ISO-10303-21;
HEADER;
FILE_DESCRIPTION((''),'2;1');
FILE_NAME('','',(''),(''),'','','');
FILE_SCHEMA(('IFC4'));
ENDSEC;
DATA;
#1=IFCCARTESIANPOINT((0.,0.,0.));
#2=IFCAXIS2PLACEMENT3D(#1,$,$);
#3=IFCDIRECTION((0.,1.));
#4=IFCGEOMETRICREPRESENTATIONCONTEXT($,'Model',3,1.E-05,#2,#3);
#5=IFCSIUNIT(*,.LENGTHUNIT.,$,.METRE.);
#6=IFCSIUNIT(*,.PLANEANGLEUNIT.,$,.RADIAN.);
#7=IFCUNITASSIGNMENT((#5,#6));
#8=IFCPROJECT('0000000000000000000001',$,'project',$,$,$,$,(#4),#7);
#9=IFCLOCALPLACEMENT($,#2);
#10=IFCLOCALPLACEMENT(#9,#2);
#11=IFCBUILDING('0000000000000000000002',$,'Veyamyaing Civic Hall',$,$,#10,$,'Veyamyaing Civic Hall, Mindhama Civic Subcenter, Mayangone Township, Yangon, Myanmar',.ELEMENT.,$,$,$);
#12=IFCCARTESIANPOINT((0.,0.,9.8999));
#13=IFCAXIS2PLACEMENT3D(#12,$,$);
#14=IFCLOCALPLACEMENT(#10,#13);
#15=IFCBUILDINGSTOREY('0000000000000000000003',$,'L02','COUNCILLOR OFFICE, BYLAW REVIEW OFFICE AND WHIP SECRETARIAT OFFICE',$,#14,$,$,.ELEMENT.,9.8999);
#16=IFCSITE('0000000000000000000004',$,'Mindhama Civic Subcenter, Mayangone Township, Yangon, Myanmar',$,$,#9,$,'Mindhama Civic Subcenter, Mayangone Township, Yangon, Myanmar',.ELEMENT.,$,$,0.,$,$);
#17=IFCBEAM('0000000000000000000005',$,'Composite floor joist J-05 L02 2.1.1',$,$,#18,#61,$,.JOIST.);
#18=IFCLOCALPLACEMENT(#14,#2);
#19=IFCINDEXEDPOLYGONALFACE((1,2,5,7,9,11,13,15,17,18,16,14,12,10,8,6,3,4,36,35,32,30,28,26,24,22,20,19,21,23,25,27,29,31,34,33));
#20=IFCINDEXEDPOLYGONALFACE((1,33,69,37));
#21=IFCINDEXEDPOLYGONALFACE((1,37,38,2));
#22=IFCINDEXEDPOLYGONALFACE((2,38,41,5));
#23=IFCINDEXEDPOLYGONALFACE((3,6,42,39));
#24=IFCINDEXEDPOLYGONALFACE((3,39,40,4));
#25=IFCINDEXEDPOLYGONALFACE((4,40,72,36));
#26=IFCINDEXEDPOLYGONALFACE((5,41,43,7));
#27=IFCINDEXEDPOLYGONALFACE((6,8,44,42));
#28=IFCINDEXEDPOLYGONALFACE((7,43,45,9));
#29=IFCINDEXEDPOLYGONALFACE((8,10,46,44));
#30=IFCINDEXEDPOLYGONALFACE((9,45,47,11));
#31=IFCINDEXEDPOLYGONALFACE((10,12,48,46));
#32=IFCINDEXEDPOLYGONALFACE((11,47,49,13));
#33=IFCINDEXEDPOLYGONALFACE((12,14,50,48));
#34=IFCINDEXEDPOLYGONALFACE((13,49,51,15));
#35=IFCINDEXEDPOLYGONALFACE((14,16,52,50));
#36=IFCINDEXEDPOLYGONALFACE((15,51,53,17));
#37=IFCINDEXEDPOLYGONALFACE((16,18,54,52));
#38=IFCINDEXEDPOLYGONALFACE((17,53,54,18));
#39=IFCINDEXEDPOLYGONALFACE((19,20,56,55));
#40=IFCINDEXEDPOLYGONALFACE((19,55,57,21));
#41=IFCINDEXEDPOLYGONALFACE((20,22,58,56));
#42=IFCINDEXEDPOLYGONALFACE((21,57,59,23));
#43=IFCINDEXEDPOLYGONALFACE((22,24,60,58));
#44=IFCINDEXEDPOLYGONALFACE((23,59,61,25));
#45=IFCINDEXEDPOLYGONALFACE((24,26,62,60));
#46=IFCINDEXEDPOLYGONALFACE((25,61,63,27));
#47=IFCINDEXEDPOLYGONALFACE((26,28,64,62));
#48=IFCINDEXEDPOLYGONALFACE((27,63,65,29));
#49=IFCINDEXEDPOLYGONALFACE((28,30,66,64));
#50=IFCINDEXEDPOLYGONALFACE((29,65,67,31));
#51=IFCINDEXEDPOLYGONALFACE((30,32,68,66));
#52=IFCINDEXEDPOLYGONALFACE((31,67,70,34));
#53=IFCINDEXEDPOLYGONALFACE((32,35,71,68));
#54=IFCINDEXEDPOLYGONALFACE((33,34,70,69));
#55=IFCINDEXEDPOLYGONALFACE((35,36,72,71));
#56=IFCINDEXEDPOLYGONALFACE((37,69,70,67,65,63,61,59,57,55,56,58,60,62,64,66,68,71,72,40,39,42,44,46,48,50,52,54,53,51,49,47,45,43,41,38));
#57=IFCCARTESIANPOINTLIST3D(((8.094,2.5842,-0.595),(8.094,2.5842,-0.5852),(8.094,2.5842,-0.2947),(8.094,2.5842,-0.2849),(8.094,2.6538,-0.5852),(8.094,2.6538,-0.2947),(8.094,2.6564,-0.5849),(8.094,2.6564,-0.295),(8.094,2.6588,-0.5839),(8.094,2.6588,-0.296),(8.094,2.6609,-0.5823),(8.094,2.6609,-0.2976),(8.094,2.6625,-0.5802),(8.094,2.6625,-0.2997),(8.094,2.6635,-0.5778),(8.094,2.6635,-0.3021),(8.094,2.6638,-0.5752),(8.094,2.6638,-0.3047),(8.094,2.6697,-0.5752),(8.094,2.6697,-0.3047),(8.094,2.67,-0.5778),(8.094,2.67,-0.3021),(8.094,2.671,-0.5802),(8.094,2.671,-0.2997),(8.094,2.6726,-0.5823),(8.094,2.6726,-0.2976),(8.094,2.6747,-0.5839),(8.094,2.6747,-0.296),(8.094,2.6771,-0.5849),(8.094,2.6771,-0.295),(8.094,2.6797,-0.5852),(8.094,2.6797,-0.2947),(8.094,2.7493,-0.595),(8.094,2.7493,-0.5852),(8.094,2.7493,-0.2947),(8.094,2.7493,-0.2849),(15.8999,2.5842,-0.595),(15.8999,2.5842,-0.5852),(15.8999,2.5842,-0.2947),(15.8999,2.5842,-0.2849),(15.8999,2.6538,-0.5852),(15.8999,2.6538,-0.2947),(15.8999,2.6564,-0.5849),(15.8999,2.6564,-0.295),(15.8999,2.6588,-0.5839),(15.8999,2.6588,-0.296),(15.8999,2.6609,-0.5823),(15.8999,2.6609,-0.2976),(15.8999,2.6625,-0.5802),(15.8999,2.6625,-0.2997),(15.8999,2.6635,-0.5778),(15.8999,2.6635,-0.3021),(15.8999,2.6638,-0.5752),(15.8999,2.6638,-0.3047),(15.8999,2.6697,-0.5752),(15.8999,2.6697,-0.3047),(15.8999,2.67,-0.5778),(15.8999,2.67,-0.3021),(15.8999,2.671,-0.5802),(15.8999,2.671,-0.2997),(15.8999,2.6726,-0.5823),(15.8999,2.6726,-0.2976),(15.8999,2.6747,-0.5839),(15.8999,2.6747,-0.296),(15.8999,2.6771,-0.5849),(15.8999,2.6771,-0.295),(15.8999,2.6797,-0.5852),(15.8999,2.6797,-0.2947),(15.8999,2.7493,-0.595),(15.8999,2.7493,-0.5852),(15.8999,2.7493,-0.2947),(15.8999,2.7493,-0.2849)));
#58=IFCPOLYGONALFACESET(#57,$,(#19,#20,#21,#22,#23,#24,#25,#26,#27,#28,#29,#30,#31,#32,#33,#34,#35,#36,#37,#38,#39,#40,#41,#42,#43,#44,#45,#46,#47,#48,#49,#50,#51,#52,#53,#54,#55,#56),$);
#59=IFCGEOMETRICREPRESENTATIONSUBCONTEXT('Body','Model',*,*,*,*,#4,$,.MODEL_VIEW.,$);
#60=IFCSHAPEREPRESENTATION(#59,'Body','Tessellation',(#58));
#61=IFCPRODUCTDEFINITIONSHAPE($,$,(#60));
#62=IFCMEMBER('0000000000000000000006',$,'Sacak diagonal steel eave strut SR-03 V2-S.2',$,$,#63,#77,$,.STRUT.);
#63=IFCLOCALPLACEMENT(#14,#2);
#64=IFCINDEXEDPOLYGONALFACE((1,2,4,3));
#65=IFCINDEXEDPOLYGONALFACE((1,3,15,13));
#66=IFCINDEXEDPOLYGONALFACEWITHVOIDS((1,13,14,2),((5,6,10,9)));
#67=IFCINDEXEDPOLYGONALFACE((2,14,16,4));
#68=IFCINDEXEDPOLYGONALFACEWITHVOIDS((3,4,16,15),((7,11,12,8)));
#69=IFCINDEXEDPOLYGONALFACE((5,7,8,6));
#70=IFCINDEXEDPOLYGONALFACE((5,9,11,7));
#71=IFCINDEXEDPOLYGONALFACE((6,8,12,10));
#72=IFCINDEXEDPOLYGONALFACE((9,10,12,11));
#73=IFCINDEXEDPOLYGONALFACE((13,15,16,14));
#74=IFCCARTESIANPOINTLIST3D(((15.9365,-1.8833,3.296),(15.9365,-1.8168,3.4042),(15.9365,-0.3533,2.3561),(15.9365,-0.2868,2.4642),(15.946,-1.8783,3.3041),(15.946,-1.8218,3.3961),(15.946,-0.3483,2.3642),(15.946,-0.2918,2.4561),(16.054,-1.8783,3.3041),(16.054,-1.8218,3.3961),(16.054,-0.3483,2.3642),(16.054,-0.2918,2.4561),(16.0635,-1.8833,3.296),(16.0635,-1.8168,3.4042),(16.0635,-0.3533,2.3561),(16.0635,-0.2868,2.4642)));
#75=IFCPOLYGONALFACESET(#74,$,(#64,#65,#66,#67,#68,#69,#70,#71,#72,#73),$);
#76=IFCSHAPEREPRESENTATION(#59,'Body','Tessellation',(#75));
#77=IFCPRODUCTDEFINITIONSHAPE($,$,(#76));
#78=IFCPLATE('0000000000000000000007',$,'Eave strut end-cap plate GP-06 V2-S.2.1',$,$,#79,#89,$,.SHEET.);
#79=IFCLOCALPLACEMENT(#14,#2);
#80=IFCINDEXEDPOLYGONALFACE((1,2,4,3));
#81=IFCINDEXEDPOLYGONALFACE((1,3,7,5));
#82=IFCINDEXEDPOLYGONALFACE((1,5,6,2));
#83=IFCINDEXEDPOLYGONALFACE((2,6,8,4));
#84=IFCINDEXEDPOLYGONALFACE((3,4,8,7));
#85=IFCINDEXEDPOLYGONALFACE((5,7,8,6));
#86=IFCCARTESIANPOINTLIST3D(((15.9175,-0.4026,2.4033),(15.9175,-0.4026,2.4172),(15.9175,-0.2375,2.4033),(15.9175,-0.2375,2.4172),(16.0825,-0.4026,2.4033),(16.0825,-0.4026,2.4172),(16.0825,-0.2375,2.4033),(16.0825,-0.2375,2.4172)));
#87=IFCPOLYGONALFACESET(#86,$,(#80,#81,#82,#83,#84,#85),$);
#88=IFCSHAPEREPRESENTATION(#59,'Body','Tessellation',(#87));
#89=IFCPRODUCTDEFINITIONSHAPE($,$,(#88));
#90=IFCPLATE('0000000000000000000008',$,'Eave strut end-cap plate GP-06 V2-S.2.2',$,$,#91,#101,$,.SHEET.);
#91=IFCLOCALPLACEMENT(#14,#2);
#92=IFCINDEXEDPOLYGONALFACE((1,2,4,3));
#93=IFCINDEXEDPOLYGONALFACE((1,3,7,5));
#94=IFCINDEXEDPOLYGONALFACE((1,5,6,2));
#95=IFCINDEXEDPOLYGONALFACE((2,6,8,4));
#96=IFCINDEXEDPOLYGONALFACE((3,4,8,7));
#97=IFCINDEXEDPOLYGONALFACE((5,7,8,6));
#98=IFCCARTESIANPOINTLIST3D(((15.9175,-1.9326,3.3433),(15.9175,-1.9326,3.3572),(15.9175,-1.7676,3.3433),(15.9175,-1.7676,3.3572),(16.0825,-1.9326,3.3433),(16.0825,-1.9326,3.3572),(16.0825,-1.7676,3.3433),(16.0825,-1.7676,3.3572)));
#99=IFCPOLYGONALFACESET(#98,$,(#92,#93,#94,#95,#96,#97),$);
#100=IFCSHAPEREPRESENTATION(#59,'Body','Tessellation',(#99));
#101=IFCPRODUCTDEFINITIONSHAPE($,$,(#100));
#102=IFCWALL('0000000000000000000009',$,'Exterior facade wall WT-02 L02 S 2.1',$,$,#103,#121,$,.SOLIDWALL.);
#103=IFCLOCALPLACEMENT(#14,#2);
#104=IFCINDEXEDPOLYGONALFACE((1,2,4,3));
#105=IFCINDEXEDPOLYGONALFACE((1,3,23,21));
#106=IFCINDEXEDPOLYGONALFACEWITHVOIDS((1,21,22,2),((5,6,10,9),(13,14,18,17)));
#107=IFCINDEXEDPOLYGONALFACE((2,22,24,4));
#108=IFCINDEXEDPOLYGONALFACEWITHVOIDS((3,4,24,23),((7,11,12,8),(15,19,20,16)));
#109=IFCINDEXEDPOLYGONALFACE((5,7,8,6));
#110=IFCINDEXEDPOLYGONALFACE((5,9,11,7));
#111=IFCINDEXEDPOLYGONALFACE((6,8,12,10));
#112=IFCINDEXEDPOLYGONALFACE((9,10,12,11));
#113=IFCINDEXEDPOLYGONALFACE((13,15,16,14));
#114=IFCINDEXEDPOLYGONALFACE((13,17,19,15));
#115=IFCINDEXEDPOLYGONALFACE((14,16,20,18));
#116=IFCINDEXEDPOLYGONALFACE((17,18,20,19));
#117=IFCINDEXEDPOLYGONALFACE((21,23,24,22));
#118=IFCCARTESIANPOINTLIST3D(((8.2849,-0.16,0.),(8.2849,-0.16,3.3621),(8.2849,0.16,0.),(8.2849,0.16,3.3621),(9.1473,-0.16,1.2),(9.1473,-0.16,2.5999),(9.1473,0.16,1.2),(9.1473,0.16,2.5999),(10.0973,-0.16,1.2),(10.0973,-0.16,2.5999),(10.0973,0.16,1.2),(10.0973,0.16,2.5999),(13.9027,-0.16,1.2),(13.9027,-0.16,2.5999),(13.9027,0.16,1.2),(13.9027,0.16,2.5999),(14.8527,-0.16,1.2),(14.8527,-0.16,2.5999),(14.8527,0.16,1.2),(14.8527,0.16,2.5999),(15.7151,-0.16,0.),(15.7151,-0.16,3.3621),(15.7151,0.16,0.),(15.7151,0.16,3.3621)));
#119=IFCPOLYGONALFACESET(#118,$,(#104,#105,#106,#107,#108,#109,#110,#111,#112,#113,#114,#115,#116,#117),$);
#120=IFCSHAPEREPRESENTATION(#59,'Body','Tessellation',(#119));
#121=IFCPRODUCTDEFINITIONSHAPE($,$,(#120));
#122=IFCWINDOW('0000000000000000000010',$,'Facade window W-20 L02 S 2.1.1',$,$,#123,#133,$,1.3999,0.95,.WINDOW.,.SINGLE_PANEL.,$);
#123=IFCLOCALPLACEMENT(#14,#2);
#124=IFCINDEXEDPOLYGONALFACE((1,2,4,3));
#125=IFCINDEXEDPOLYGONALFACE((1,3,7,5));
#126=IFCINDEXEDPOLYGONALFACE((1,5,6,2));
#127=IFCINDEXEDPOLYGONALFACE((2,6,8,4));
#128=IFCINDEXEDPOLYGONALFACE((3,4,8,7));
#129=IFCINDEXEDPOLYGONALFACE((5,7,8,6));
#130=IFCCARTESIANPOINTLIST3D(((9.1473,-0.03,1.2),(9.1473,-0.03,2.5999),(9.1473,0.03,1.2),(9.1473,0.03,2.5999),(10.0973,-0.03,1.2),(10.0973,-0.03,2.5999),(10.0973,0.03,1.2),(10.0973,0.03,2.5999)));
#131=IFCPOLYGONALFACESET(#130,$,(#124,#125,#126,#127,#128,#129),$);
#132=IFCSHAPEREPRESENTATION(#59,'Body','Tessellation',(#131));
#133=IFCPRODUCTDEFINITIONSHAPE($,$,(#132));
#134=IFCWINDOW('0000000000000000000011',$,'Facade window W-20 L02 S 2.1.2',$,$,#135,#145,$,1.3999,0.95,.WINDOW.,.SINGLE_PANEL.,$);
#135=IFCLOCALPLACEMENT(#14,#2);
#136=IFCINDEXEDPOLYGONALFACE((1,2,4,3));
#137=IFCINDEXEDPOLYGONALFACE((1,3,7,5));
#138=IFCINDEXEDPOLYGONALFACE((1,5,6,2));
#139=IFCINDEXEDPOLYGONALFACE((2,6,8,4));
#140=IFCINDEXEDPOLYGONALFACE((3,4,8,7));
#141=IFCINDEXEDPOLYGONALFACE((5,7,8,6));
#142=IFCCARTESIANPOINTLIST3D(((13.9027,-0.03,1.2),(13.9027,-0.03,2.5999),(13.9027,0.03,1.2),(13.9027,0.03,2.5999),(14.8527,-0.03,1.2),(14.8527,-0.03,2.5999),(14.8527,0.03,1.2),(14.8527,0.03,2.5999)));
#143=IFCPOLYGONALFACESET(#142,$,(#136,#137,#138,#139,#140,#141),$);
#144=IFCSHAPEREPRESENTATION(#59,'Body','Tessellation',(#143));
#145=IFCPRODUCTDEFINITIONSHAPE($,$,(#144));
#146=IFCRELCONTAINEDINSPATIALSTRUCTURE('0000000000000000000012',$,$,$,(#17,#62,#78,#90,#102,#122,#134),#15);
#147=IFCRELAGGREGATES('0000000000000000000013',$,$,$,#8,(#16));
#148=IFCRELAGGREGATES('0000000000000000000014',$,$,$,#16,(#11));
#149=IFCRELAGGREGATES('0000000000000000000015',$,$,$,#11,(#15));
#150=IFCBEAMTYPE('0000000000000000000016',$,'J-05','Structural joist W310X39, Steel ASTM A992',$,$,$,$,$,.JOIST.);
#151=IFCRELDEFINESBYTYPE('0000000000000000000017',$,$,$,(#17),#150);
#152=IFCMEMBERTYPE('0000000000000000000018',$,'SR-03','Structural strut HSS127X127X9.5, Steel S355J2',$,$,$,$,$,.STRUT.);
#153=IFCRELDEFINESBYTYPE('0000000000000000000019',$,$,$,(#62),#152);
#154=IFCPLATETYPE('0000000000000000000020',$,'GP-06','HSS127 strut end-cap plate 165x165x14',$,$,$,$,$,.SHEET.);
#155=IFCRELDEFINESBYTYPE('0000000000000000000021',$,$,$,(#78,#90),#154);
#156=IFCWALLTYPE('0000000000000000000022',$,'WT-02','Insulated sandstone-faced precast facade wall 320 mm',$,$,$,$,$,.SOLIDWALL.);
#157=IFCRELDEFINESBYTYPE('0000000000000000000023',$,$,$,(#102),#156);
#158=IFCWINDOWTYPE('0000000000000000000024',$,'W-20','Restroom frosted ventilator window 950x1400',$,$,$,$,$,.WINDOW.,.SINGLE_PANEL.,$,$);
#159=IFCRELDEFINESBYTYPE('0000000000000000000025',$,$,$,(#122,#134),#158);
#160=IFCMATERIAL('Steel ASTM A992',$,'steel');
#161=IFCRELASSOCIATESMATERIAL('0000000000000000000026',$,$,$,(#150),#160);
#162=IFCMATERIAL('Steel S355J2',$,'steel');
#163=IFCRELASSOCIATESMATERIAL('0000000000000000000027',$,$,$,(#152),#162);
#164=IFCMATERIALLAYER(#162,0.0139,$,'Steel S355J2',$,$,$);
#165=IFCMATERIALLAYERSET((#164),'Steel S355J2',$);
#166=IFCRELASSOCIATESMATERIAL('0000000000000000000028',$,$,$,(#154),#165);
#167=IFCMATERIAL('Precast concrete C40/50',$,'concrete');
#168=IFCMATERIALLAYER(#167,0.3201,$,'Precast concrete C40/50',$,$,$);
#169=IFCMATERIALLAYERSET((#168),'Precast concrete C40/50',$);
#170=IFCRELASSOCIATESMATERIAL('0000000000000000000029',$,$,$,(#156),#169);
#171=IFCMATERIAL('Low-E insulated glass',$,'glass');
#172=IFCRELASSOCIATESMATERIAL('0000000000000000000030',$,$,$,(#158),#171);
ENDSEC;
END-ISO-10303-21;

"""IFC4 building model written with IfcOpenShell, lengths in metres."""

from ifc_helpers import new_model, si_unit, direction, frame, frame_2d, origin, origin_2d, place, context, subcontext, project, spatial, rectangle, hollow_rectangle, i_section, extrude, material, layer, layer_set, material_profile, profile_set, type_object, element, fill, save


model = new_model("IFC4")

# Units and contexts
model_context = context("Model", 3, precision=1e-05, world=origin(), true_north=direction((0.0, 1.0)))
body_context = subcontext(model_context, "Body", "Model", "MODEL_VIEW")
ifc_project = project(units=[si_unit("LENGTHUNIT", "METRE"), si_unit("PLANEANGLEUNIT", "RADIAN")], contexts=[model_context])

# Site, building, storey
site_placement = place(None, origin())
site = spatial("IfcSite", under=ifc_project, at=site_placement, Name="Mindhama Civic Subcenter, Mayangone Township, Yangon, Myanmar", LongName="Mindhama Civic Subcenter, Mayangone Township, Yangon, Myanmar", CompositionType="ELEMENT", RefElevation=0.0)
building_placement = place(site_placement, origin())
building = spatial("IfcBuilding", under=site, at=building_placement, Name="Veyamyaing Civic Hall", LongName="Veyamyaing Civic Hall, Mindhama Civic Subcenter, Mayangone Township, Yangon, Myanmar", CompositionType="ELEMENT")
storey_placement = place(building_placement, frame((0.0, 0.0, 9.8999)))
storey = spatial("IfcBuildingStorey", under=building, at=storey_placement, Name="L02", Description="COUNCILLOR OFFICE, BYLAW REVIEW OFFICE AND WHIP SECRETARIAT OFFICE", CompositionType="ELEMENT", Elevation=9.8999)

# Beam
ifc_material_1 = material(Name="Steel ASTM A992", Category="steel")
ifc_material_profile_1 = material_profile(ifc_material_1, i_section(OverallWidth=0.165, OverallDepth=0.3101, WebThickness=0.0059, FlangeThickness=0.0098, FilletRadius=0.01, at=origin_2d()), Name="W310X39")
ifc_profile_set_1 = profile_set([ifc_material_profile_1], Name="Steel ASTM A992")
beam_type_1 = type_object("IfcBeamType", Name="J-05", Description="Structural joist W310X39, Steel ASTM A992", PredefinedType="JOIST", material=ifc_profile_set_1)
beam_1_placement = place(storey_placement, frame((8.094, 2.6667, -0.4399), z_axis=(1.0, 0.0, 0.0), x_axis=(0.0, 1.0, 0.0)))
element("IfcBeam", 1, at=beam_1_placement, inside=storey, type_object=beam_type_1, Name="Composite floor joist J-05 L02 2.1.1", PredefinedType="JOIST", context=body_context, shape_type="SweptSolid", body=[
    extrude(i_section(OverallWidth=0.165, OverallDepth=0.3101, WebThickness=0.0059, FlangeThickness=0.0098, FilletRadius=0.01, at=origin_2d()), origin(), (0.0, 0.0, 1.0), 7.8059),
])

# Member
ifc_material_2 = material(Name="Steel S355J2", Category="steel")
ifc_material_profile_2 = material_profile(ifc_material_2, hollow_rectangle(XDim=0.127, YDim=0.127, WallThickness=0.0095, at=origin_2d()), Name="HSS127X127X9.5")
ifc_profile_set_2 = profile_set([ifc_material_profile_2], Name="Steel S355J2")
member_type = type_object("IfcMemberType", Name="SR-03", Description="Structural strut HSS127X127X9.5, Steel S355J2", PredefinedType="STRUT", material=ifc_profile_set_2)
member_placement = place(storey_placement, frame((16.0, -0.3201, 2.4102), z_axis=(0.0, -0.85206, 0.523445), x_axis=(1.0, 0.0, 0.0)))
element("IfcMember", 2, at=member_placement, inside=storey, type_object=member_type, Name="Sacak diagonal steel eave strut SR-03 V2-S.2", PredefinedType="STRUT", context=body_context, shape_type="SweptSolid", body=[
    extrude(hollow_rectangle(XDim=0.127, YDim=0.127, WallThickness=0.0095, at=origin_2d()), origin(), (0.0, 0.0, 1.0), 1.7957),
])

# Plates
ifc_layer_1 = layer(ifc_material_2, 0.0139, Name="Steel S355J2")
ifc_layer_set_1 = layer_set([ifc_layer_1], Name="Steel S355J2")
plate_type = type_object("IfcPlateType", Name="GP-06", Description="HSS127 strut end-cap plate 165x165x14", PredefinedType="SHEET", material=ifc_layer_set_1)
for number, where, z_axis, x_axis, name in (
    (3, (16.0, -0.3201, 2.4033), (0.0, 0.0, 1.0), (0.0, 1.0, 0.0), "Eave strut end-cap plate GP-06 V2-S.2.1"),
    (4, (16.0, -1.8501, 3.3433), (0.0, 0.0, 1.0), (0.0, 1.0, 0.0), "Eave strut end-cap plate GP-06 V2-S.2.2"),
):
    element("IfcPlate", number, at=place(storey_placement, frame(where, z_axis=z_axis, x_axis=x_axis)), inside=storey, type_object=plate_type, Name=name, PredefinedType="SHEET", context=body_context, shape_type="SweptSolid", body=[
        extrude(rectangle(XDim=0.165, YDim=0.165, at=origin_2d()), origin(), (0.0, 0.0, 1.0), 0.0139),
    ])

# Wall, openings, windows
ifc_material_3 = material(Name="Precast concrete C40/50", Category="concrete")
ifc_layer_2 = layer(ifc_material_3, 0.3201, Name="Precast concrete C40/50")
ifc_layer_set_2 = layer_set([ifc_layer_2], Name="Precast concrete C40/50")
wall_type_1 = type_object("IfcWallType", Name="WT-02", Description="Insulated sandstone-faced precast facade wall 320 mm", PredefinedType="SOLIDWALL", material=ifc_layer_set_2)
wall_1_placement = place(storey_placement, frame((8.2849, 0.0, 0.0), z_axis=(0.0, 0.0, 1.0), x_axis=(1.0, 0.0, 0.0)))
wall_1 = element("IfcWall", 5, at=wall_1_placement, inside=storey, type_object=wall_type_1, Name="Exterior facade wall WT-02 L02 S 2.1", PredefinedType="SOLIDWALL", context=body_context, shape_type="SweptSolid", body=[
    extrude(rectangle(XDim=7.4302, YDim=0.3201, at=frame_2d((3.7151, 0.0))), origin(), (0.0, 0.0, 1.0), 3.3621),
])
opening_1_placement = place(wall_1_placement, frame((0.8623, 0.0, 1.2)))
opening_1 = element("IfcOpeningElement", 6, at=opening_1_placement, cuts=wall_1, PredefinedType="OPENING", context=body_context, shape_type="SweptSolid", body=[
    extrude(rectangle(XDim=0.95, YDim=1.3999, at=frame_2d((0.4751, 0.7))), frame((0.0, 0.1699, 0.0), z_axis=(0.0, -1.0, 0.0), x_axis=(1.0, 0.0, 0.0)), (0.0, 0.0, 1.0), 0.3401),
])
opening_2_placement = place(wall_1_placement, frame((5.6177, 0.0, 1.2)))
opening_2 = element("IfcOpeningElement", 7, at=opening_2_placement, cuts=wall_1, PredefinedType="OPENING", context=body_context, shape_type="SweptSolid", body=[
    extrude(rectangle(XDim=0.95, YDim=1.3999, at=frame_2d((0.4751, 0.7))), frame((0.0, 0.1699, 0.0), z_axis=(0.0, -1.0, 0.0), x_axis=(1.0, 0.0, 0.0)), (0.0, 0.0, 1.0), 0.3401),
])
ifc_material_4 = material(Name="Low-E insulated glass", Category="glass")
window_type = type_object("IfcWindowType", Name="W-20", Description="Restroom frosted ventilator window 950x1400", PartitioningType="SINGLE_PANEL", PredefinedType="WINDOW", material=ifc_material_4)
window_1_placement = place(opening_1_placement, origin())
window_1 = element("IfcWindow", 8, at=window_1_placement, inside=storey, type_object=window_type, Name="Facade window W-20 L02 S 2.1.1", OverallHeight=1.3999, OverallWidth=0.95, PartitioningType="SINGLE_PANEL", PredefinedType="WINDOW", context=body_context, shape_type="SweptSolid", body=[
    extrude(rectangle(XDim=0.95, YDim=1.3999, at=frame_2d((0.4751, 0.7))), frame((0.0, 0.03, 0.0), z_axis=(0.0, -1.0, 0.0), x_axis=(1.0, 0.0, 0.0)), (0.0, 0.0, 1.0), 0.0601),
])
fill(opening_1, window_1)
window_2_placement = place(opening_2_placement, origin())
window_2 = element("IfcWindow", 9, at=window_2_placement, inside=storey, type_object=window_type, Name="Facade window W-20 L02 S 2.1.2", OverallHeight=1.3999, OverallWidth=0.95, PartitioningType="SINGLE_PANEL", PredefinedType="WINDOW", context=body_context, shape_type="SweptSolid", body=[
    extrude(rectangle(XDim=0.95, YDim=1.3999, at=frame_2d((0.4751, 0.7))), frame((0.0, 0.03, 0.0), z_axis=(0.0, -1.0, 0.0), x_axis=(1.0, 0.0, 0.0)), (0.0, 0.0, 1.0), 0.0601),
])
fill(opening_2, window_2)

save(model, "model.ifc")
